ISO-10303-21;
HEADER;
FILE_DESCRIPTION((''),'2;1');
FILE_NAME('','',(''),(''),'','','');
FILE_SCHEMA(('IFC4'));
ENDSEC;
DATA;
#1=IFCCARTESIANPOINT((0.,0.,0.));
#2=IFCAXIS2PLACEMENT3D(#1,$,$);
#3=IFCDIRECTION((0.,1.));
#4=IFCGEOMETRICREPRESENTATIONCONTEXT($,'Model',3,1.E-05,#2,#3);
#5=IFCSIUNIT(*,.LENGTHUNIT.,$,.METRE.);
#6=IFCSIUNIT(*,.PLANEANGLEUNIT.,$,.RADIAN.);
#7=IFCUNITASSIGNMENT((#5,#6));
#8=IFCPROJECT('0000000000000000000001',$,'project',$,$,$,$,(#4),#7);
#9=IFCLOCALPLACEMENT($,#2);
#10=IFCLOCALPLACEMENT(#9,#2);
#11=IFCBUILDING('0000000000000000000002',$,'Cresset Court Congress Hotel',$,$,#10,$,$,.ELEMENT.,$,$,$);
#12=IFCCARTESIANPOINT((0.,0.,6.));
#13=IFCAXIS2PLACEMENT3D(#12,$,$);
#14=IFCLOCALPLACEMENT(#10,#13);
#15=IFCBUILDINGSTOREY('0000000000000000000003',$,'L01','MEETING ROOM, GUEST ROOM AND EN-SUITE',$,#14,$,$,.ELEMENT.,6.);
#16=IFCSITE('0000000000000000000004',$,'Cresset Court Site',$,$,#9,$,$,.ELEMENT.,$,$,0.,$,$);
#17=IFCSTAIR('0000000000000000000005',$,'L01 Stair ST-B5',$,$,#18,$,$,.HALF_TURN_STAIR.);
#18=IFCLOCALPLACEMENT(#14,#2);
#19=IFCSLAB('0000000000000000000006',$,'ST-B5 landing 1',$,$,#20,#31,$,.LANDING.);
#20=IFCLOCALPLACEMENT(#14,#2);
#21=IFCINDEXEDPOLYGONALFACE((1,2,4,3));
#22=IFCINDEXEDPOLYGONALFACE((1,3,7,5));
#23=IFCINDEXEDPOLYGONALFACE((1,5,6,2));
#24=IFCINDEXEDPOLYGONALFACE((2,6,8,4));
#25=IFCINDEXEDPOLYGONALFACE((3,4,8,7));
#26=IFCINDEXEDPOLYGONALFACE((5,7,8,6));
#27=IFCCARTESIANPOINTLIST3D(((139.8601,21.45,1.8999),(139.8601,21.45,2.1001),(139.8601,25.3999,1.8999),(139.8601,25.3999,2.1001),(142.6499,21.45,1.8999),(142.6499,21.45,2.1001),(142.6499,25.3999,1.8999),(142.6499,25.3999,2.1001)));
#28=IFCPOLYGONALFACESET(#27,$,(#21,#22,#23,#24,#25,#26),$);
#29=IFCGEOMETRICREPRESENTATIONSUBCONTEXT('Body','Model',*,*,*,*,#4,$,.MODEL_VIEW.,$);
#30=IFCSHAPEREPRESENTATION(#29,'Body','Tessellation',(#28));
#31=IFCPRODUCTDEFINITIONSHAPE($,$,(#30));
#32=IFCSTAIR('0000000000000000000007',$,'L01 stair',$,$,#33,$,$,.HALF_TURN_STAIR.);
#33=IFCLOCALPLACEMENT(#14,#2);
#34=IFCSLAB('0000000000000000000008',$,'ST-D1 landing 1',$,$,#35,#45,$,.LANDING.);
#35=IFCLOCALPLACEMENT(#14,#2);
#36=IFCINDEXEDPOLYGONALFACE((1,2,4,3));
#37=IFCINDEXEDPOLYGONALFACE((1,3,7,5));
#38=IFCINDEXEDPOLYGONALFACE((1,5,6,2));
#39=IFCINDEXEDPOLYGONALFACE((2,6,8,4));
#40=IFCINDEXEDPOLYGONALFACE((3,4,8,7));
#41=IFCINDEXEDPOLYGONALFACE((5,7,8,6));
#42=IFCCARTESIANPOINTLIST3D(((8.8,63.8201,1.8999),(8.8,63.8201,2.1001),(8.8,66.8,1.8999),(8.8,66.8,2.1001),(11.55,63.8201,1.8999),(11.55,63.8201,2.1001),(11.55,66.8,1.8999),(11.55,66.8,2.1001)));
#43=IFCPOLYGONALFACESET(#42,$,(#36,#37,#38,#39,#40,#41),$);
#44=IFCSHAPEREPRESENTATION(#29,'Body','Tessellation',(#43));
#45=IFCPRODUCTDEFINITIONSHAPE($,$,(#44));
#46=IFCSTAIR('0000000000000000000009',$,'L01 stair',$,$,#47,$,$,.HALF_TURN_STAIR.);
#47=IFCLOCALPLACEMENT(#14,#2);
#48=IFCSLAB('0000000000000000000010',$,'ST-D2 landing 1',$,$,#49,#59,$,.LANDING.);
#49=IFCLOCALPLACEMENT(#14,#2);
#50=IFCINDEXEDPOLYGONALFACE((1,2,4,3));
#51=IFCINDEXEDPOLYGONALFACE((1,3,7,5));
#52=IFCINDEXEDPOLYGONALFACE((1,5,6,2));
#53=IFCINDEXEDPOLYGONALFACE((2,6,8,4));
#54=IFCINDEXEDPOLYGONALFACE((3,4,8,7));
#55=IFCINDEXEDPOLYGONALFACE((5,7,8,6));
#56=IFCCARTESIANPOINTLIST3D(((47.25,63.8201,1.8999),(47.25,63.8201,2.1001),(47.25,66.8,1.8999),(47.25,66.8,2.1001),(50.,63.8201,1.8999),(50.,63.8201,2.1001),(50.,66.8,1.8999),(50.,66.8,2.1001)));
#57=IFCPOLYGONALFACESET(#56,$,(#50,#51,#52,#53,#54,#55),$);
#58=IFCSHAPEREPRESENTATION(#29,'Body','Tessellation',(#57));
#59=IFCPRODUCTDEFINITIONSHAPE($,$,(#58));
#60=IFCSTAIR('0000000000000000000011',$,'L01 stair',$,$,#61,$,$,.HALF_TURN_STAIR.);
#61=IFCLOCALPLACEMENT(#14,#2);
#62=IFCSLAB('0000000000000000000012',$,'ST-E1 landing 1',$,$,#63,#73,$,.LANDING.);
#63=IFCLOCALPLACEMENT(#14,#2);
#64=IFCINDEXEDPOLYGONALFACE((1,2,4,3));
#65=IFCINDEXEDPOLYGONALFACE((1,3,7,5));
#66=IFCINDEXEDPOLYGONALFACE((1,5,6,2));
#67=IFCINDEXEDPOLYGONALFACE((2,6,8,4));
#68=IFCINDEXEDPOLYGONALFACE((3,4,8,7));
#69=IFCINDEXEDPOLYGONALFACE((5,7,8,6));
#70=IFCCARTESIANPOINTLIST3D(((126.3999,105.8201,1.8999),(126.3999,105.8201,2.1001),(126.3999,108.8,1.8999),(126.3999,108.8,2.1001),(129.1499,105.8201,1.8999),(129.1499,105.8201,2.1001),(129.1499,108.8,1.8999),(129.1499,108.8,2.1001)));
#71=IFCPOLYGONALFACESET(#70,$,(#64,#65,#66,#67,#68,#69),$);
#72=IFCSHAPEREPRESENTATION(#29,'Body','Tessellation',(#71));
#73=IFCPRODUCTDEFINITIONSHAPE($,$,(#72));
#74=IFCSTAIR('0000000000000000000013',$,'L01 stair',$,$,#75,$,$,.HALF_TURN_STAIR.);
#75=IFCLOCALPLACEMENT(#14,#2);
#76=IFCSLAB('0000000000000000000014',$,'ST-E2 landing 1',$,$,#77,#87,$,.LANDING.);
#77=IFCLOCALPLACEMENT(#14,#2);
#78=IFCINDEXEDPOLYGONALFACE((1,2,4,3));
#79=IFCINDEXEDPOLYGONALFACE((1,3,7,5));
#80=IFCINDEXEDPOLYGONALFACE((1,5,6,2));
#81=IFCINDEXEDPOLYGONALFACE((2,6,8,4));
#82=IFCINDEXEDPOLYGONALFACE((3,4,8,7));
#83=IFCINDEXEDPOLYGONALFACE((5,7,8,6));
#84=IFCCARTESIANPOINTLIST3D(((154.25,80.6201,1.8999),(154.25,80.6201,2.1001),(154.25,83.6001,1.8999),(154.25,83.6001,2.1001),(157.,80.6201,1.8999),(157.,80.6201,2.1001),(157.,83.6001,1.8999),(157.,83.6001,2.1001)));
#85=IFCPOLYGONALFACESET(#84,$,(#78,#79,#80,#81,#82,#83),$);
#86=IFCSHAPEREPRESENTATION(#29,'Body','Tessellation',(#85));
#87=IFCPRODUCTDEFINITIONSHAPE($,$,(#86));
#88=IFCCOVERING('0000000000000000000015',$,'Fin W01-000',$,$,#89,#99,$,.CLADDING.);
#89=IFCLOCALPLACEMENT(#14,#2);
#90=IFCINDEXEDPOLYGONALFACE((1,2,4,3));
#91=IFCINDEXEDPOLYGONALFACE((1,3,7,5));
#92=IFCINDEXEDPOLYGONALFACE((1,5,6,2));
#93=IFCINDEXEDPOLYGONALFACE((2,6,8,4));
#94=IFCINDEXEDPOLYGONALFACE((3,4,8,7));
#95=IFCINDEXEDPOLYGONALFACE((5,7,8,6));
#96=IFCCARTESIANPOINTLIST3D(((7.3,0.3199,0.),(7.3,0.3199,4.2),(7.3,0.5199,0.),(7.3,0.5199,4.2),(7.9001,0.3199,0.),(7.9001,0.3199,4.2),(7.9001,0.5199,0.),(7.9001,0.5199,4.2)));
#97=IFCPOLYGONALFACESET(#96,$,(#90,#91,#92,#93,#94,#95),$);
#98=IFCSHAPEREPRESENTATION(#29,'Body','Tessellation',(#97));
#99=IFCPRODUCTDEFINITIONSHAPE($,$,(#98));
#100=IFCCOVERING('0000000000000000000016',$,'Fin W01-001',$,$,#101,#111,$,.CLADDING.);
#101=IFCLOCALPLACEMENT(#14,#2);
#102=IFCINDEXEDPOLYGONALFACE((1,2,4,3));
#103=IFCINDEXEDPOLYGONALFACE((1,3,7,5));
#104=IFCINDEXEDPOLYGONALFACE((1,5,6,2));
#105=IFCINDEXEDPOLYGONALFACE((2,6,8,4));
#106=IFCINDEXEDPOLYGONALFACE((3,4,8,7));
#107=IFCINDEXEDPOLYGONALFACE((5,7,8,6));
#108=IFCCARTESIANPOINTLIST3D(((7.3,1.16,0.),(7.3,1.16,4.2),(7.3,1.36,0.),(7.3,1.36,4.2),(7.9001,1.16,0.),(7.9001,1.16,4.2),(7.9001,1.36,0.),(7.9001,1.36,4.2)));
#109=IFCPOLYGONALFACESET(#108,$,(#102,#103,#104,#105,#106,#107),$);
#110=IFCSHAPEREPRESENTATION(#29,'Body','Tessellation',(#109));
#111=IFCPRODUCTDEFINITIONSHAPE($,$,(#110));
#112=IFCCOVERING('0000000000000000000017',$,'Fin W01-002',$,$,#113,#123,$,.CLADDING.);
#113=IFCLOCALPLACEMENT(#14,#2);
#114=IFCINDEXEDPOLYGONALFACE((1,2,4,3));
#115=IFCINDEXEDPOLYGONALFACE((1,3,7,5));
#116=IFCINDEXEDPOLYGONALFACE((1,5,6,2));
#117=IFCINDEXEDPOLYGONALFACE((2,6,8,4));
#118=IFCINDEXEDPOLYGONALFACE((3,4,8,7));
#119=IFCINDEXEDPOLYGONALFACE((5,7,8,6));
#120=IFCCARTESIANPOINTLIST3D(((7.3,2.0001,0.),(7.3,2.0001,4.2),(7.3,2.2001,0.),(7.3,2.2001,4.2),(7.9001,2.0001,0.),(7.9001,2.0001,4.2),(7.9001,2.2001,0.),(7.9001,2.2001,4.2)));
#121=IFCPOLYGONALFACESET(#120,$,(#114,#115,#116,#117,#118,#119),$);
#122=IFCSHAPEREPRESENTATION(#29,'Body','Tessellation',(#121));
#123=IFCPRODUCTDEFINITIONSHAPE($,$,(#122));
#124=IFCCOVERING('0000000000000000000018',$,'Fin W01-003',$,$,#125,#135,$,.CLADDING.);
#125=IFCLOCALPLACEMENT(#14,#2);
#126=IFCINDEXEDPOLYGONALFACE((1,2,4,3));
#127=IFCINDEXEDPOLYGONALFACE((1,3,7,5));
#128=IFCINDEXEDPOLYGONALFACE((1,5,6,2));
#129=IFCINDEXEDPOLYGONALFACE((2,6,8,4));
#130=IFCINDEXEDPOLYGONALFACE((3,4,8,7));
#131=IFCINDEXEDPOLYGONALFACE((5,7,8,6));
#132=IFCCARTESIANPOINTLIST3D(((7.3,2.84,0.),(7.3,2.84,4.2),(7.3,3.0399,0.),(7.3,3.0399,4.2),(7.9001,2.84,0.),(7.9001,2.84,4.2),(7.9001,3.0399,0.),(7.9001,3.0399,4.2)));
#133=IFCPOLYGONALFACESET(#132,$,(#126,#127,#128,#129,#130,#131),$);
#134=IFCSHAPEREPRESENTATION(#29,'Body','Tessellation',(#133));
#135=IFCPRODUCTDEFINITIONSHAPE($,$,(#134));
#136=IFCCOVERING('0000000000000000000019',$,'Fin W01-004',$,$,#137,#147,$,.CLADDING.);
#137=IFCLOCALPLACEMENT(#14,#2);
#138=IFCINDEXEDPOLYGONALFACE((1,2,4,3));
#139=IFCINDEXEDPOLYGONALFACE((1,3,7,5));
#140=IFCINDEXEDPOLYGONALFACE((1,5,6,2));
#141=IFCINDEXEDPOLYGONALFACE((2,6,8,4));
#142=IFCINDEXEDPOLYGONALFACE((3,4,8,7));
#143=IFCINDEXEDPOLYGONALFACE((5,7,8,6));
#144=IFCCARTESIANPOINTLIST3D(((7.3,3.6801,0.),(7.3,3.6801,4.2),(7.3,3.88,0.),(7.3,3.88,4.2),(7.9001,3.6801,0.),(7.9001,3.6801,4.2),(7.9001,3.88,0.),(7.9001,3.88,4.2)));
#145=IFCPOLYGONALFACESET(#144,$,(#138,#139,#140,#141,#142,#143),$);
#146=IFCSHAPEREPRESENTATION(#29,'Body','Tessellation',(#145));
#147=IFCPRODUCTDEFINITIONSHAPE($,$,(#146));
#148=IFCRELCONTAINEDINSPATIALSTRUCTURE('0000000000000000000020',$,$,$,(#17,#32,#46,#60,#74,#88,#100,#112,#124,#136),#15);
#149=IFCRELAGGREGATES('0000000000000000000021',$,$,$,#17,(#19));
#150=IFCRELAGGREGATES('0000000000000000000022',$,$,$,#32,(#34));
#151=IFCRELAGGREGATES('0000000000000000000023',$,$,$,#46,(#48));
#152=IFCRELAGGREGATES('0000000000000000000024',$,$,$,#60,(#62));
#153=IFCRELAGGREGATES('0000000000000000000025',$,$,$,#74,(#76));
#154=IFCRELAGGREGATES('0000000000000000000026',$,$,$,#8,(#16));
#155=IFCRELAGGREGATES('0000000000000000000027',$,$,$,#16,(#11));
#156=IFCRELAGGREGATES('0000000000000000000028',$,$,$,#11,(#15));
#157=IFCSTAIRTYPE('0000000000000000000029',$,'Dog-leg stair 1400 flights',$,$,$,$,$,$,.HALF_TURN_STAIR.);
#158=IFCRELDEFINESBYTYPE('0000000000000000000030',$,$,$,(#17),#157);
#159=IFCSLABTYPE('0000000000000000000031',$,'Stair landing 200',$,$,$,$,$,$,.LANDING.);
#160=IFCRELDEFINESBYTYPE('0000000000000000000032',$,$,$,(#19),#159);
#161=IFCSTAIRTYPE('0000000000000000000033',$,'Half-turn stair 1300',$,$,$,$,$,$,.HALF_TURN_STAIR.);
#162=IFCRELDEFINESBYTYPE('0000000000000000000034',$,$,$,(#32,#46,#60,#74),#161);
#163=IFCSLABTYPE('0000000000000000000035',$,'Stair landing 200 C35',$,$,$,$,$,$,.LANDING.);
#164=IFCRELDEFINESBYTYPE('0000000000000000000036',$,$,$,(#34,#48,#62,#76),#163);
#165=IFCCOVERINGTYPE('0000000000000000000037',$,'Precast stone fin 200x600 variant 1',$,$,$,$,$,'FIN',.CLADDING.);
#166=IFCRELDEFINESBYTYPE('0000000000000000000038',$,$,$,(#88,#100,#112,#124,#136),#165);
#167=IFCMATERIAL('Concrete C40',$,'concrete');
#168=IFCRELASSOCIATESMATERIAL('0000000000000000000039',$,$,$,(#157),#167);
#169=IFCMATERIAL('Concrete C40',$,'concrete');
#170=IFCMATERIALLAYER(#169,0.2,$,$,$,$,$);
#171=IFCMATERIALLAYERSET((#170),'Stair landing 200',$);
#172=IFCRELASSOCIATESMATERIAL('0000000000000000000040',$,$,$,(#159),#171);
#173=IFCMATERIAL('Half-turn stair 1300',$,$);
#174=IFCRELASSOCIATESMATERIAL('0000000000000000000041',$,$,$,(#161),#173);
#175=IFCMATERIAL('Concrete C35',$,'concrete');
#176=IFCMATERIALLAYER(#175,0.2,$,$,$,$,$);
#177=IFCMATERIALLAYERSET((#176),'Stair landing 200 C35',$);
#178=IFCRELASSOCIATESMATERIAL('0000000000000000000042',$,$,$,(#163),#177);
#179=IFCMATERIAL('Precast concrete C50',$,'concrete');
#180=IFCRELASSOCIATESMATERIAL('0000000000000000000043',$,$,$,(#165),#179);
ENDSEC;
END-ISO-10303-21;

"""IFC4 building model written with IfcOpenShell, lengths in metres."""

from ifc_helpers import new_model, si_unit, direction, frame, origin, origin_2d, place, context, subcontext, project, spatial, polyline, rectangle, outline, extrude, material, layer, layer_set, type_object, element, aggregate, save


model = new_model("IFC4")

# Units and contexts
model_context = context("Model", 3, precision=1e-05, world=origin(), true_north=direction((0.0, 1.0)))
body_context = subcontext(model_context, "Body", "Model", "MODEL_VIEW")
ifc_project = project(units=[si_unit("LENGTHUNIT", "METRE"), si_unit("PLANEANGLEUNIT", "RADIAN")], contexts=[model_context])

# Site, building, storey
site_placement = place(None, origin())
site = spatial("IfcSite", under=ifc_project, at=site_placement, Name="Cresset Court Site", CompositionType="ELEMENT", RefElevation=0.0)
building_placement = place(site_placement, origin())
building = spatial("IfcBuilding", under=site, at=building_placement, Name="Cresset Court Congress Hotel", CompositionType="ELEMENT")
storey_placement = place(building_placement, frame((0.0, 0.0, 6.0)))
storey = spatial("IfcBuildingStorey", under=building, at=storey_placement, Name="L01", Description="MEETING ROOM, GUEST ROOM AND EN-SUITE", CompositionType="ELEMENT", Elevation=6.0)

# Stairs, slabs
ifc_material_1 = material(Name="Concrete C40", Category="concrete")
stair_type_1 = type_object("IfcStairType", Name="Dog-leg stair 1400 flights", PredefinedType="HALF_TURN_STAIR", material=ifc_material_1)
ifc_material_2 = material(Name="Concrete C40", Category="concrete")
ifc_layer_1 = layer(ifc_material_2, 0.2)
ifc_layer_set_1 = layer_set([ifc_layer_1], Name="Stair landing 200")
slab_type_1 = type_object("IfcSlabType", Name="Stair landing 200", PredefinedType="LANDING", material=ifc_layer_set_1)
stair_1_placement = place(storey_placement, origin())
stair_1 = element("IfcStair", 1, at=stair_1_placement, inside=storey, type_object=stair_type_1, Name="L01 Stair ST-B5", PredefinedType="HALF_TURN_STAIR")
slab_1_placement = place(storey_placement, frame((0.0, 0.0, 1.8999)))
slab_1 = element("IfcSlab", 2, at=slab_1_placement, type_object=slab_type_1, Name="ST-B5 landing 1", PredefinedType="LANDING", context=body_context, shape_type="SweptSolid", body=[
    extrude(outline(polyline([(139.8601, 21.45), (142.6499, 21.45), (142.6499, 25.3999), (139.8601, 25.3999), (139.8601, 21.45)])), origin(), (0.0, 0.0, 1.0), 0.2002),
])
aggregate(stair_1, [slab_1])
ifc_material_3 = material(Name="Half-turn stair 1300")
stair_type_2 = type_object("IfcStairType", Name="Half-turn stair 1300", PredefinedType="HALF_TURN_STAIR", material=ifc_material_3)
stair_2_placement = place(storey_placement, origin())
stair_2 = element("IfcStair", 3, at=stair_2_placement, inside=storey, type_object=stair_type_2, Name="L01 stair", PredefinedType="HALF_TURN_STAIR")
ifc_material_4 = material(Name="Concrete C35", Category="concrete")
ifc_layer_2 = layer(ifc_material_4, 0.2)
ifc_layer_set_2 = layer_set([ifc_layer_2], Name="Stair landing 200 C35")
slab_type_2 = type_object("IfcSlabType", Name="Stair landing 200 C35", PredefinedType="LANDING", material=ifc_layer_set_2)
slab_2_placement = place(storey_placement, frame((0.0, 0.0, 1.8999)))
slab_2 = element("IfcSlab", 4, at=slab_2_placement, type_object=slab_type_2, Name="ST-D1 landing 1", PredefinedType="LANDING", context=body_context, shape_type="SweptSolid", body=[
    extrude(outline(polyline([(11.55, 63.8201), (11.55, 66.8), (8.8, 66.8), (8.8, 63.8201), (11.55, 63.8201)])), origin(), (0.0, 0.0, 1.0), 0.2002),
])
aggregate(stair_2, [slab_2])
stair_3_placement = place(storey_placement, origin())
stair_3 = element("IfcStair", 5, at=stair_3_placement, inside=storey, type_object=stair_type_2, Name="L01 stair", PredefinedType="HALF_TURN_STAIR")
slab_3_placement = place(storey_placement, frame((0.0, 0.0, 1.8999)))
slab_3 = element("IfcSlab", 6, at=slab_3_placement, type_object=slab_type_2, Name="ST-D2 landing 1", PredefinedType="LANDING", context=body_context, shape_type="SweptSolid", body=[
    extrude(outline(polyline([(50.0, 63.8201), (50.0, 66.8), (47.25, 66.8), (47.25, 63.8201), (50.0, 63.8201)])), origin(), (0.0, 0.0, 1.0), 0.2002),
])
aggregate(stair_3, [slab_3])
stair_4_placement = place(storey_placement, origin())
stair_4 = element("IfcStair", 7, at=stair_4_placement, inside=storey, type_object=stair_type_2, Name="L01 stair", PredefinedType="HALF_TURN_STAIR")
slab_4_placement = place(storey_placement, frame((0.0, 0.0, 1.8999)))
slab_4 = element("IfcSlab", 8, at=slab_4_placement, type_object=slab_type_2, Name="ST-E1 landing 1", PredefinedType="LANDING", context=body_context, shape_type="SweptSolid", body=[
    extrude(outline(polyline([(129.1499, 105.8201), (129.1499, 108.8), (126.3999, 108.8), (126.3999, 105.8201), (129.1499, 105.8201)])), origin(), (0.0, 0.0, 1.0), 0.2002),
])
aggregate(stair_4, [slab_4])
stair_5_placement = place(storey_placement, origin())
stair_5 = element("IfcStair", 9, at=stair_5_placement, inside=storey, type_object=stair_type_2, Name="L01 stair", PredefinedType="HALF_TURN_STAIR")
slab_5_placement = place(storey_placement, frame((0.0, 0.0, 1.8999)))
slab_5 = element("IfcSlab", 10, at=slab_5_placement, type_object=slab_type_2, Name="ST-E2 landing 1", PredefinedType="LANDING", context=body_context, shape_type="SweptSolid", body=[
    extrude(outline(polyline([(157.0, 80.6201), (157.0, 83.6001), (154.25, 83.6001), (154.25, 80.6201), (157.0, 80.6201)])), origin(), (0.0, 0.0, 1.0), 0.2002),
])
aggregate(stair_5, [slab_5])

# Coverings
ifc_material_5 = material(Name="Precast concrete C50", Category="concrete")
covering_type = type_object("IfcCoveringType", Name="Precast stone fin 200x600 variant 1", ElementType="FIN", PredefinedType="CLADDING", material=ifc_material_5)
for number, where, z_axis, x_axis, name in (
    (11, (7.6001, 0.4199, 0.0), (0.0, 0.0, 1.0), (1.0, 0.0, 0.0), "Fin W01-000"),
    (12, (7.6001, 1.26, 0.0), (0.0, 0.0, 1.0), (1.0, 0.0, 0.0), "Fin W01-001"),
    (13, (7.6001, 2.1001, 0.0), (0.0, 0.0, 1.0), (1.0, 0.0, 0.0), "Fin W01-002"),
    (14, (7.6001, 2.9399, 0.0), (0.0, 0.0, 1.0), (1.0, 0.0, 0.0), "Fin W01-003"),
    (15, (7.6001, 3.78, 0.0), (0.0, 0.0, 1.0), (1.0, 0.0, 0.0), "Fin W01-004"),
):
    element("IfcCovering", number, at=place(storey_placement, frame(where, z_axis=z_axis, x_axis=x_axis)), inside=storey, type_object=covering_type, Name=name, PredefinedType="CLADDING", context=body_context, shape_type="SweptSolid", body=[
        extrude(rectangle(XDim=0.6001, YDim=0.2, at=origin_2d()), origin(), (0.0, 0.0, 1.0), 4.2),
    ])

save(model, "model.ifc")
